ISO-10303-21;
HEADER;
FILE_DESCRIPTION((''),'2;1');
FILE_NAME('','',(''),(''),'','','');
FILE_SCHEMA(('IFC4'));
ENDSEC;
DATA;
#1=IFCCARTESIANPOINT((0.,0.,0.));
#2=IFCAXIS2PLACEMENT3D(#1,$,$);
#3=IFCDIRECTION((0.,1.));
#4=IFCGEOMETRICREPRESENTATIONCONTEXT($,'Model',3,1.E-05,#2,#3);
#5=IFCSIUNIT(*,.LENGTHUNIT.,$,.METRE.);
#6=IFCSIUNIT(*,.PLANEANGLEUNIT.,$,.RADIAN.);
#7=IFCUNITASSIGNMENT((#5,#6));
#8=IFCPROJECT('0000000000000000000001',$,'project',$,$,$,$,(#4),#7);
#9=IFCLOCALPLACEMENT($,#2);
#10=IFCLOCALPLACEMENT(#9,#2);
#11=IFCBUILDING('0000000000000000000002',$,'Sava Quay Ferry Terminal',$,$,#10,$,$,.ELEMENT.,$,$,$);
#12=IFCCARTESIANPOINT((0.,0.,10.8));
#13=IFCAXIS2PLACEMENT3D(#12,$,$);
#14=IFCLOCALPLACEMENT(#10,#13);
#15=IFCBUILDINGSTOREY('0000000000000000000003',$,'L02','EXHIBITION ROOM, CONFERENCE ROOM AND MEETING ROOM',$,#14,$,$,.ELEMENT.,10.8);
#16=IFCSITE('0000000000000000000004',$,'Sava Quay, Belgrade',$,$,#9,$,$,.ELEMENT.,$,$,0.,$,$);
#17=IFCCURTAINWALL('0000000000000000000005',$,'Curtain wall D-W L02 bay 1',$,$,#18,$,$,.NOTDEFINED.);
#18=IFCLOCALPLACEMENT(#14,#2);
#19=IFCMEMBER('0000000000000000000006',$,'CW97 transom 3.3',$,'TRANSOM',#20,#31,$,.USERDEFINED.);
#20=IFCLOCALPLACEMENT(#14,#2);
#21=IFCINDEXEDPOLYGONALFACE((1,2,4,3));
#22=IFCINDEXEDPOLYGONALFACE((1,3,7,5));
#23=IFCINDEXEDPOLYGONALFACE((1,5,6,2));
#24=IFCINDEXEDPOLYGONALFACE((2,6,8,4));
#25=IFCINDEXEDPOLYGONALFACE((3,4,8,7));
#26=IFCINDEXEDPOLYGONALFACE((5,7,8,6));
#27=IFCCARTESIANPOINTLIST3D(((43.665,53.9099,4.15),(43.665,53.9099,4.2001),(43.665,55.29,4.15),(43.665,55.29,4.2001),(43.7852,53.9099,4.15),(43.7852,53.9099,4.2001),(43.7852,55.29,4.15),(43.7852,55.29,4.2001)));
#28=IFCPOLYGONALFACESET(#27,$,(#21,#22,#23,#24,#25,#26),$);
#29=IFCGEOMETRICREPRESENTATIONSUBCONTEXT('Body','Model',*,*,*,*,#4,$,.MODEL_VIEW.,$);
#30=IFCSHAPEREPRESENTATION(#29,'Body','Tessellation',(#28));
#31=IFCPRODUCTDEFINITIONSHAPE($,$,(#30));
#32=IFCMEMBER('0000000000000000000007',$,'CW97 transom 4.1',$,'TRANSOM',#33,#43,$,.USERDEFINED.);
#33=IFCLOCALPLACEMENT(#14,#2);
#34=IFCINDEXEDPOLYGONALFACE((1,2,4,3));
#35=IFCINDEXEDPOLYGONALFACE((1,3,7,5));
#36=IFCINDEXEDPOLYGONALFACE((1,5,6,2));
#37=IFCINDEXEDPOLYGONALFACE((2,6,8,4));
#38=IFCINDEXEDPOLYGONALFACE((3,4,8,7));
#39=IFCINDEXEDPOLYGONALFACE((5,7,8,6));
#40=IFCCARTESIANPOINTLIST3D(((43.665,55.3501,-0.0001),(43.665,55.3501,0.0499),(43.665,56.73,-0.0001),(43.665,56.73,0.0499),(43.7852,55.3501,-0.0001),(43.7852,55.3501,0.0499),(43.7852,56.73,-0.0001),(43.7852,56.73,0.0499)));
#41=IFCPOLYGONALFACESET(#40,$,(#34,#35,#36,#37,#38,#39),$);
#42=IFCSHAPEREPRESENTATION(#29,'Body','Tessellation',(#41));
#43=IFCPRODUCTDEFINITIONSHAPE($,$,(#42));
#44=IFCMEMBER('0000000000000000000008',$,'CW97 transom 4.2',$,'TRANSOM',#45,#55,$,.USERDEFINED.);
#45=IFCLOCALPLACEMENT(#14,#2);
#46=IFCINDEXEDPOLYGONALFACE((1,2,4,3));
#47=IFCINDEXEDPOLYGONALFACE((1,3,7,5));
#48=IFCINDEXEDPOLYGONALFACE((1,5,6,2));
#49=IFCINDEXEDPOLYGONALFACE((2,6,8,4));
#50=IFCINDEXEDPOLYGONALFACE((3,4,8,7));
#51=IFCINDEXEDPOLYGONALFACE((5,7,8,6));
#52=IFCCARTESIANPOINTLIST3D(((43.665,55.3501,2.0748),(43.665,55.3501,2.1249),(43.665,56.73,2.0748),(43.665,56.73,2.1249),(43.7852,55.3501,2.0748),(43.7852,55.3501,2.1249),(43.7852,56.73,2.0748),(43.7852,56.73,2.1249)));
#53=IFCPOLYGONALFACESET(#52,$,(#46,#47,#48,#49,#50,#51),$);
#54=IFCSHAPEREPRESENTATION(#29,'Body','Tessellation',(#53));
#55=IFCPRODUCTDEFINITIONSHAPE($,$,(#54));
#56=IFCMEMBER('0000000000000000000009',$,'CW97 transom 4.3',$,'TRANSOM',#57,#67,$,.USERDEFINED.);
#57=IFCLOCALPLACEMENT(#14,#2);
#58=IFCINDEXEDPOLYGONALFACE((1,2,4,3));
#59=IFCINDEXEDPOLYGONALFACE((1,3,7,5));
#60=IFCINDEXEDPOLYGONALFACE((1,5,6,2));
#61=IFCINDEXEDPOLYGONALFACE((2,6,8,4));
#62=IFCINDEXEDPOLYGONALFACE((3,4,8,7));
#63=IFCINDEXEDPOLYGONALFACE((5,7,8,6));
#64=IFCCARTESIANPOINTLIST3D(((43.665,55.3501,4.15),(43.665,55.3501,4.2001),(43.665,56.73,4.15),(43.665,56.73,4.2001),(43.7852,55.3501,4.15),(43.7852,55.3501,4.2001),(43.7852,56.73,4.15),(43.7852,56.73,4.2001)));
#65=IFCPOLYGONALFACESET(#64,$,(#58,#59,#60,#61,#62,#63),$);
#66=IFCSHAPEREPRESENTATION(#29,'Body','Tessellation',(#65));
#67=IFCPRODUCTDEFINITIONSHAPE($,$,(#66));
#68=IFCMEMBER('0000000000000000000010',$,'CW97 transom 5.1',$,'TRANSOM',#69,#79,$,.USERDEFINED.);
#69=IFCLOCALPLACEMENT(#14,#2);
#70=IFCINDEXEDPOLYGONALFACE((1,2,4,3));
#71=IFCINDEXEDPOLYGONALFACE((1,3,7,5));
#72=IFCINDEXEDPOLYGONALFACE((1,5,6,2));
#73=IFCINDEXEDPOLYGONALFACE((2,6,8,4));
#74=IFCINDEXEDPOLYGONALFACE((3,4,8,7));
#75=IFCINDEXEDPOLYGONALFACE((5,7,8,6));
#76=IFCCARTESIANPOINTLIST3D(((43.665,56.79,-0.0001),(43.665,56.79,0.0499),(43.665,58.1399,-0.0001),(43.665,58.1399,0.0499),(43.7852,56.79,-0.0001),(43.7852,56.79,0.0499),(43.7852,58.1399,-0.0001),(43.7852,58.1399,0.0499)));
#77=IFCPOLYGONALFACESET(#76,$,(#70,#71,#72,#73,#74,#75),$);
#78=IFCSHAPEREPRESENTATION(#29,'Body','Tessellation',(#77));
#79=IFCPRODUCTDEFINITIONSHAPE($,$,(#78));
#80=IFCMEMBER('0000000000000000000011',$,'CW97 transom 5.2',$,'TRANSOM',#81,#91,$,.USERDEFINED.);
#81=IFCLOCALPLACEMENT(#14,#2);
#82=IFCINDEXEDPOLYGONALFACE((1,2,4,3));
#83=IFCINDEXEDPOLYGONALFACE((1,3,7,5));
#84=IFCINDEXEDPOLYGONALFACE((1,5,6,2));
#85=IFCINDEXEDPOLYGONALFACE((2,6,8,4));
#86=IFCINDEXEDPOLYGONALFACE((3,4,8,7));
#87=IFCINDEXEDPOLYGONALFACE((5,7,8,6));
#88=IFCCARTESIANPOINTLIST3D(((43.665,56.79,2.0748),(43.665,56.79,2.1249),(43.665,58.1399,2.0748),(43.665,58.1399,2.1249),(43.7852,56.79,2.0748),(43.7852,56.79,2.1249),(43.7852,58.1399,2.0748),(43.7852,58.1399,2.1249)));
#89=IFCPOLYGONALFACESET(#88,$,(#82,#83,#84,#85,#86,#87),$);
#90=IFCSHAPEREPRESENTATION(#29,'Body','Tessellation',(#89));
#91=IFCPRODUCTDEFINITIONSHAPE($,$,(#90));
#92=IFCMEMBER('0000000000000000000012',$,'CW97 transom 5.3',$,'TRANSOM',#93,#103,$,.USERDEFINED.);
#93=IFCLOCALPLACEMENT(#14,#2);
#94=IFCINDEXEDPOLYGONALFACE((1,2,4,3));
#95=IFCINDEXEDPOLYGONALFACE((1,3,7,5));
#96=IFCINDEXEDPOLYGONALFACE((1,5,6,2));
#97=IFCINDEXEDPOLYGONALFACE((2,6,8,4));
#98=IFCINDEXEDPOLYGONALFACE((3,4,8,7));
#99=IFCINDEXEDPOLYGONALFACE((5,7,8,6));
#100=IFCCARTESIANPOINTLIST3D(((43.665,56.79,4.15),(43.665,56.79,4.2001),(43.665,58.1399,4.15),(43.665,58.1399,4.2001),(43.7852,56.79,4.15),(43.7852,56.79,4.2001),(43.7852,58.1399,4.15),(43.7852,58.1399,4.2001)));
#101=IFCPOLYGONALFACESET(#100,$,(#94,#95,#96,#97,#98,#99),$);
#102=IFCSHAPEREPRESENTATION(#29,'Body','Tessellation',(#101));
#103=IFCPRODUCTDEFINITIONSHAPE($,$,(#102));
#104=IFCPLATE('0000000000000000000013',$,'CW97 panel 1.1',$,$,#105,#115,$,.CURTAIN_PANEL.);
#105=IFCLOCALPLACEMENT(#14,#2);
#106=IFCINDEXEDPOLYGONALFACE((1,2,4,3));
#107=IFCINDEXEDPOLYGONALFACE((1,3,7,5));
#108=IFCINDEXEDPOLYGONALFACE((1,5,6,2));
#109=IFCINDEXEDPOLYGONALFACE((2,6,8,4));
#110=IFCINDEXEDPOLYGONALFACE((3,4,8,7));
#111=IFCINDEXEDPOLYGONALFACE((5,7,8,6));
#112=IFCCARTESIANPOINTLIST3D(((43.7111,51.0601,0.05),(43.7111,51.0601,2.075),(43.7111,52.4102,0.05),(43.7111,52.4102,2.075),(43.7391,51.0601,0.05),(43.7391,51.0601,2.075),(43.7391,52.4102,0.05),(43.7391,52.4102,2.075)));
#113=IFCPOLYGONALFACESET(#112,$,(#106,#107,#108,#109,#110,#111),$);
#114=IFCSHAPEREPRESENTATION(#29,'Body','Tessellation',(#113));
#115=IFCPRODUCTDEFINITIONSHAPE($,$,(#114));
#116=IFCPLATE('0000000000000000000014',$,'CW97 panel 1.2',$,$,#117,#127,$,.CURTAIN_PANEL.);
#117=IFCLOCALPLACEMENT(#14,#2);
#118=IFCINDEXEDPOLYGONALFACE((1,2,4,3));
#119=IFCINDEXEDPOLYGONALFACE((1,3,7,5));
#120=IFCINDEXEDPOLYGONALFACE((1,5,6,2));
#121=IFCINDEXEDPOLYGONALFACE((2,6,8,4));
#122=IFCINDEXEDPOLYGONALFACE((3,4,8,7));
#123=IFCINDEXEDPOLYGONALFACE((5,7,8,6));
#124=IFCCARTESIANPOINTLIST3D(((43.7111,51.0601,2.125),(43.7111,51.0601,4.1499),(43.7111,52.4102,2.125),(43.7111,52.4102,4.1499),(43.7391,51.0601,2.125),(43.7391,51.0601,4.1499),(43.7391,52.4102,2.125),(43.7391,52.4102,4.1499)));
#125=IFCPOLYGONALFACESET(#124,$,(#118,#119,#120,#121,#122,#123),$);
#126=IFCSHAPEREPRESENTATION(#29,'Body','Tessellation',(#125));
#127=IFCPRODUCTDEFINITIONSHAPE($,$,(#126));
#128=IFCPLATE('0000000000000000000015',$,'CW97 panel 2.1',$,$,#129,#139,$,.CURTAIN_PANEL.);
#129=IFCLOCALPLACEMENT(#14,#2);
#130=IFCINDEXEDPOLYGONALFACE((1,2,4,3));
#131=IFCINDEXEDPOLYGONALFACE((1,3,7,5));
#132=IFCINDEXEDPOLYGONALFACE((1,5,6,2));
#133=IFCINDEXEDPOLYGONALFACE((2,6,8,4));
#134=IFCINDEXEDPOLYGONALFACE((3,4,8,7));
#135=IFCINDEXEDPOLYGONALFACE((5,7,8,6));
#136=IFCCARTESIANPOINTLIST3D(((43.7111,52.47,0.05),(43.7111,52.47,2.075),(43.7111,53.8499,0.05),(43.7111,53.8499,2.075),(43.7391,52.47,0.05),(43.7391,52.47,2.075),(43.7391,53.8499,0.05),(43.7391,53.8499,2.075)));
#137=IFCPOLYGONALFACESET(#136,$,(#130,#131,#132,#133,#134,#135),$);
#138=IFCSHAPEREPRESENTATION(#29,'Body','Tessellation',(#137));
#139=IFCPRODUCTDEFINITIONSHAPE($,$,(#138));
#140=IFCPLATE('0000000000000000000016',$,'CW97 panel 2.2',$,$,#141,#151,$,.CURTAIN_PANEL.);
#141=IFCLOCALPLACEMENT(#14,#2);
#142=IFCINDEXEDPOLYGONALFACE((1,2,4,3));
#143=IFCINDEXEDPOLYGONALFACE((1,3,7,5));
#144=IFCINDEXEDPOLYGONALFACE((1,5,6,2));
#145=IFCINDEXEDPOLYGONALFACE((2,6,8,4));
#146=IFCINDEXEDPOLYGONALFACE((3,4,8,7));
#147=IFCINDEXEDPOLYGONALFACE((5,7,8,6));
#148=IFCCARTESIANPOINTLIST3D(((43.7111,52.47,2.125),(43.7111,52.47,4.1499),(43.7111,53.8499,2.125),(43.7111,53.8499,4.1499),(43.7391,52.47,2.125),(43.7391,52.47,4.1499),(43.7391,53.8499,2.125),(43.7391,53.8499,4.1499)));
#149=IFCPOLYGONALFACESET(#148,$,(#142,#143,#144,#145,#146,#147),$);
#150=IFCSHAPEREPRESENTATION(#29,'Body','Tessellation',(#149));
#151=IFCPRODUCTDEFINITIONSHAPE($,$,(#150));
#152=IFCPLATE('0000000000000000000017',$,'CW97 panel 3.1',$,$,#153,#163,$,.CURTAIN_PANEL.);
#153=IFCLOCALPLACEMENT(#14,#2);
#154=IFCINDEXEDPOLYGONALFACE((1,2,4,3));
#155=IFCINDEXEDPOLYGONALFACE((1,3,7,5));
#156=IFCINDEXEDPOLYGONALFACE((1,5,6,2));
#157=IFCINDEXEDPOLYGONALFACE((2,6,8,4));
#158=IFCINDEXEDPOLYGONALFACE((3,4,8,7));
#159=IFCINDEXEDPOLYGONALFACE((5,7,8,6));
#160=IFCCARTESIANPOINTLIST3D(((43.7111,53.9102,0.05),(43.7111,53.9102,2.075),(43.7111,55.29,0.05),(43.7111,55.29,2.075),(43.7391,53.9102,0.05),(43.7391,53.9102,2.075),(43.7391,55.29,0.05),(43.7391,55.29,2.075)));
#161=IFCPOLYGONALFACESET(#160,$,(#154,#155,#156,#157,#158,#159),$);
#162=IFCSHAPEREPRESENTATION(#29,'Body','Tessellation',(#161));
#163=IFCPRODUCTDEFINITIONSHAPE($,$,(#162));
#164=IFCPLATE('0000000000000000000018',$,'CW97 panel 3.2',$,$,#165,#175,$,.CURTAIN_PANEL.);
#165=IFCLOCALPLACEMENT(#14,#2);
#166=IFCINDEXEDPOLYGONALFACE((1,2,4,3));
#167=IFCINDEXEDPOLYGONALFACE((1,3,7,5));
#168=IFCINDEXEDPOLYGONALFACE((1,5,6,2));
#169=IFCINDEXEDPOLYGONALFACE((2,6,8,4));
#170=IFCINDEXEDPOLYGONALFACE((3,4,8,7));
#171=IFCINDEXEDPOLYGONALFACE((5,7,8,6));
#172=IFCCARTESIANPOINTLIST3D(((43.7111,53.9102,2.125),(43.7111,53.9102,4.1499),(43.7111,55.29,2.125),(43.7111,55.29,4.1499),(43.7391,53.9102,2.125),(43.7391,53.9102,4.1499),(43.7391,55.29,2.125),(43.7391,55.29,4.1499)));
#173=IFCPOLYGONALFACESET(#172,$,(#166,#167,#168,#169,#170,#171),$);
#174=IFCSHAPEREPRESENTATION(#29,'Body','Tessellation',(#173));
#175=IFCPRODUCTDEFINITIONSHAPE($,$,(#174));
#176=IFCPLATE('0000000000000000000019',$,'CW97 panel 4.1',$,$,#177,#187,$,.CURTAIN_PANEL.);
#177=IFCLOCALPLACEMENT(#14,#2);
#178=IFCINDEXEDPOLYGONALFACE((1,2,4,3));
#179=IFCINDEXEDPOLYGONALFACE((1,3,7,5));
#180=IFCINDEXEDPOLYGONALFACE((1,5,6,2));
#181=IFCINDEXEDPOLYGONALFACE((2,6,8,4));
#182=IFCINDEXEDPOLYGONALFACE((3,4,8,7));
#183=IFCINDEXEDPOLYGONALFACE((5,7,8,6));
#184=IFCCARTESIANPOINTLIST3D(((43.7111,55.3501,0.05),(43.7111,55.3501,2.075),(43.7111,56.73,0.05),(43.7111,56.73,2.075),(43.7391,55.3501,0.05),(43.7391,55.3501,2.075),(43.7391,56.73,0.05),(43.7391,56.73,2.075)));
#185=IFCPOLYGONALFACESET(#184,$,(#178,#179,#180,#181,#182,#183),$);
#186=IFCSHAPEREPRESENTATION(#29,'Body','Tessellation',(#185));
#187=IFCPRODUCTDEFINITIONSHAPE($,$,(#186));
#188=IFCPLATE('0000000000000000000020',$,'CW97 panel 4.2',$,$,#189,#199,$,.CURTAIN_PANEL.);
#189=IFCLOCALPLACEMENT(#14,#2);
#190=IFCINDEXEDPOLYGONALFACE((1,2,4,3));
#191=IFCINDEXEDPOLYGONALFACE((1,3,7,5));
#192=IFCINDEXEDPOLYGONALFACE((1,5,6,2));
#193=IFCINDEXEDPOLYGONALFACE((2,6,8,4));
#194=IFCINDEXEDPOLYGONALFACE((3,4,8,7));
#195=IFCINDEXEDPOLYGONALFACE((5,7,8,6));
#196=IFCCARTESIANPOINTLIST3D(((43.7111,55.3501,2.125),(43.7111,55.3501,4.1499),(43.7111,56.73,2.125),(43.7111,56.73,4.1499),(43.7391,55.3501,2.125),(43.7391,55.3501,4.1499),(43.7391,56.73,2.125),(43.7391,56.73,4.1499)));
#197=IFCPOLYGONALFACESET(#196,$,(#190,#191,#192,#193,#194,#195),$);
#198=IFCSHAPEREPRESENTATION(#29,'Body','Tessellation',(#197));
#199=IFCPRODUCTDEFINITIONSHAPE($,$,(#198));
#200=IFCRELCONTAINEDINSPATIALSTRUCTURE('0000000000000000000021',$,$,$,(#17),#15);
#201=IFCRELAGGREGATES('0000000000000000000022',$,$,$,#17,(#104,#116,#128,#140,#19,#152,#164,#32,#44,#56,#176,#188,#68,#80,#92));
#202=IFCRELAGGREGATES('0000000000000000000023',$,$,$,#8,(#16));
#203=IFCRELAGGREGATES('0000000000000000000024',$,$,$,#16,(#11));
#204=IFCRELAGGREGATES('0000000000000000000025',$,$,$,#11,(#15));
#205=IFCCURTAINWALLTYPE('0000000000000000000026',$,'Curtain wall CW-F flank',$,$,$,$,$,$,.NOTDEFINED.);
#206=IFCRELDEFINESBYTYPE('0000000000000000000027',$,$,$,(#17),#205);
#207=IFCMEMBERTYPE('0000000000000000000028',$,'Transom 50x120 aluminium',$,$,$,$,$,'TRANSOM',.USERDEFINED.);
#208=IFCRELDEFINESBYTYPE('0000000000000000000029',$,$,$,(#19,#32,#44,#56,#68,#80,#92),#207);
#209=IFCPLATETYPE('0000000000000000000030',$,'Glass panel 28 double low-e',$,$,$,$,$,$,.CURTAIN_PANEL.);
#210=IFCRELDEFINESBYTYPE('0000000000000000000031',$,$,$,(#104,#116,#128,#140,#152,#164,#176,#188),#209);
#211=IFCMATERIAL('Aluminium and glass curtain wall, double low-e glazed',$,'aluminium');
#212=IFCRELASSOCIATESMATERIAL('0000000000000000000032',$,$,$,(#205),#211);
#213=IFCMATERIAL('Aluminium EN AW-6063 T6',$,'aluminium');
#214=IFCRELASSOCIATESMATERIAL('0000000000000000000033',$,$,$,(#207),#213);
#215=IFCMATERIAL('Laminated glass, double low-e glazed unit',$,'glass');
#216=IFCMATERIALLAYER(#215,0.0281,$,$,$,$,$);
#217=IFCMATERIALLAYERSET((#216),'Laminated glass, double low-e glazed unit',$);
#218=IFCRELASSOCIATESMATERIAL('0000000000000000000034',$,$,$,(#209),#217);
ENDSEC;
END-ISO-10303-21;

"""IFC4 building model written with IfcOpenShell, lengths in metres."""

from ifc_helpers import new_model, si_unit, direction, frame, origin, origin_2d, place, context, subcontext, project, spatial, rectangle, extrude, material, layer, layer_set, material_profile, profile_set, type_object, element, aggregate, save


model = new_model("IFC4")

# Units and contexts
model_context = context("Model", 3, precision=1e-05, world=origin(), true_north=direction((0.0, 1.0)))
body_context = subcontext(model_context, "Body", "Model", "MODEL_VIEW")
ifc_project = project(units=[si_unit("LENGTHUNIT", "METRE"), si_unit("PLANEANGLEUNIT", "RADIAN")], contexts=[model_context])

# Site, building, storey
site_placement = place(None, origin())
site = spatial("IfcSite", under=ifc_project, at=site_placement, Name="Sava Quay, Belgrade", CompositionType="ELEMENT", RefElevation=0.0)
building_placement = place(site_placement, origin())
building = spatial("IfcBuilding", under=site, at=building_placement, Name="Sava Quay Ferry Terminal", CompositionType="ELEMENT")
storey_placement = place(building_placement, frame((0.0, 0.0, 10.8)))
storey = spatial("IfcBuildingStorey", under=building, at=storey_placement, Name="L02", Description="EXHIBITION ROOM, CONFERENCE ROOM AND MEETING ROOM", CompositionType="ELEMENT", Elevation=10.8)

# Curtain wall, members, plates
ifc_material_1 = material(Name="Aluminium and glass curtain wall, double low-e glazed", Category="aluminium")
curtain_wall_type = type_object("IfcCurtainWallType", Name="Curtain wall CW-F flank", PredefinedType="NOTDEFINED", material=ifc_material_1)
curtain_wall_placement = place(storey_placement, origin())
curtain_wall = element("IfcCurtainWall", 1, at=curtain_wall_placement, inside=storey, type_object=curtain_wall_type, Name="Curtain wall D-W L02 bay 1", PredefinedType="NOTDEFINED")
ifc_material_2 = material(Name="Aluminium EN AW-6063 T6", Category="aluminium")
ifc_material_profile_1 = material_profile(ifc_material_2, rectangle(XDim=0.1201, YDim=0.05, at=origin_2d()), Name="Transom 50x120 aluminium")
ifc_profile_set_1 = profile_set([ifc_material_profile_1], Name="Aluminium EN AW-6063 T6")
member_type_1 = type_object("IfcMemberType", Name="Transom 50x120 aluminium", ElementType="TRANSOM", PredefinedType="USERDEFINED", material=ifc_profile_set_1)
member_1_placement = place(storey_placement, frame((43.7251, 53.9099, 4.175), z_axis=(0.0, 1.0, 0.0), x_axis=(-1.0, 0.0, 0.0)))
member_1 = element("IfcMember", 2, at=member_1_placement, type_object=member_type_1, Name="CW97 transom 3.3", ObjectType="TRANSOM", PredefinedType="USERDEFINED", context=body_context, shape_type="SweptSolid", body=[
    extrude(rectangle(XDim=0.1201, YDim=0.05, at=origin_2d()), origin(), (0.0, 0.0, 1.0), 1.3801),
])
member_2_placement = place(storey_placement, frame((43.7251, 55.3501, 0.0249), z_axis=(0.0, 1.0, 0.0), x_axis=(-1.0, 0.0, 0.0)))
member_2 = element("IfcMember", 3, at=member_2_placement, type_object=member_type_1, Name="CW97 transom 4.1", ObjectType="TRANSOM", PredefinedType="USERDEFINED", context=body_context, shape_type="SweptSolid", body=[
    extrude(rectangle(XDim=0.1201, YDim=0.05, at=origin_2d()), origin(), (0.0, 0.0, 1.0), 1.3799),
])
member_3_placement = place(storey_placement, frame((43.7251, 55.3501, 2.0999), z_axis=(0.0, 1.0, 0.0), x_axis=(-1.0, 0.0, 0.0)))
member_3 = element("IfcMember", 4, at=member_3_placement, type_object=member_type_1, Name="CW97 transom 4.2", ObjectType="TRANSOM", PredefinedType="USERDEFINED", context=body_context, shape_type="SweptSolid", body=[
    extrude(rectangle(XDim=0.1201, YDim=0.05, at=origin_2d()), origin(), (0.0, 0.0, 1.0), 1.3799),
])
member_4_placement = place(storey_placement, frame((43.7251, 55.3501, 4.175), z_axis=(0.0, 1.0, 0.0), x_axis=(-1.0, 0.0, 0.0)))
member_4 = element("IfcMember", 5, at=member_4_placement, type_object=member_type_1, Name="CW97 transom 4.3", ObjectType="TRANSOM", PredefinedType="USERDEFINED", context=body_context, shape_type="SweptSolid", body=[
    extrude(rectangle(XDim=0.1201, YDim=0.05, at=origin_2d()), origin(), (0.0, 0.0, 1.0), 1.3799),
])
member_5_placement = place(storey_placement, frame((43.7251, 56.79, 0.0249), z_axis=(0.0, 1.0, 0.0), x_axis=(-1.0, 0.0, 0.0)))
member_5 = element("IfcMember", 6, at=member_5_placement, type_object=member_type_1, Name="CW97 transom 5.1", ObjectType="TRANSOM", PredefinedType="USERDEFINED", context=body_context, shape_type="SweptSolid", body=[
    extrude(rectangle(XDim=0.1201, YDim=0.05, at=origin_2d()), origin(), (0.0, 0.0, 1.0), 1.3499),
])
member_6_placement = place(storey_placement, frame((43.7251, 56.79, 2.0999), z_axis=(0.0, 1.0, 0.0), x_axis=(-1.0, 0.0, 0.0)))
member_6 = element("IfcMember", 7, at=member_6_placement, type_object=member_type_1, Name="CW97 transom 5.2", ObjectType="TRANSOM", PredefinedType="USERDEFINED", context=body_context, shape_type="SweptSolid", body=[
    extrude(rectangle(XDim=0.1201, YDim=0.05, at=origin_2d()), origin(), (0.0, 0.0, 1.0), 1.3499),
])
member_7_placement = place(storey_placement, frame((43.7251, 56.79, 4.175), z_axis=(0.0, 1.0, 0.0), x_axis=(-1.0, 0.0, 0.0)))
member_7 = element("IfcMember", 8, at=member_7_placement, type_object=member_type_1, Name="CW97 transom 5.3", ObjectType="TRANSOM", PredefinedType="USERDEFINED", context=body_context, shape_type="SweptSolid", body=[
    extrude(rectangle(XDim=0.1201, YDim=0.05, at=origin_2d()), origin(), (0.0, 0.0, 1.0), 1.3499),
])
ifc_material_3 = material(Name="Laminated glass, double low-e glazed unit", Category="glass")
ifc_layer_1 = layer(ifc_material_3, 0.0281)
ifc_layer_set_1 = layer_set([ifc_layer_1], Name="Laminated glass, double low-e glazed unit")
plate_type = type_object("IfcPlateType", Name="Glass panel 28 double low-e", PredefinedType="CURTAIN_PANEL", material=ifc_layer_set_1)
plate_1_placement = place(storey_placement, frame((43.7251, 51.7351, 0.05), z_axis=(0.0, 0.0, 1.0), x_axis=(0.0, 1.0, 0.0)))
plate_1 = element("IfcPlate", 9, at=plate_1_placement, type_object=plate_type, Name="CW97 panel 1.1", PredefinedType="CURTAIN_PANEL", context=body_context, shape_type="SweptSolid", body=[
    extrude(rectangle(XDim=1.3501, YDim=0.0281, at=origin_2d()), origin(), (0.0, 0.0, 1.0), 2.0249),
])
plate_2_placement = place(storey_placement, frame((43.7251, 51.7351, 2.125), z_axis=(0.0, 0.0, 1.0), x_axis=(0.0, 1.0, 0.0)))
plate_2 = element("IfcPlate", 10, at=plate_2_placement, type_object=plate_type, Name="CW97 panel 1.2", PredefinedType="CURTAIN_PANEL", context=body_context, shape_type="SweptSolid", body=[
    extrude(rectangle(XDim=1.3501, YDim=0.0281, at=origin_2d()), origin(), (0.0, 0.0, 1.0), 2.0249),
])
plate_3_placement = place(storey_placement, frame((43.7251, 53.1599, 0.05), z_axis=(0.0, 0.0, 1.0), x_axis=(0.0, 1.0, 0.0)))
plate_3 = element("IfcPlate", 11, at=plate_3_placement, type_object=plate_type, Name="CW97 panel 2.1", PredefinedType="CURTAIN_PANEL", context=body_context, shape_type="SweptSolid", body=[
    extrude(rectangle(XDim=1.3799, YDim=0.0281, at=origin_2d()), origin(), (0.0, 0.0, 1.0), 2.0249),
])
plate_4_placement = place(storey_placement, frame((43.7251, 53.1599, 2.125), z_axis=(0.0, 0.0, 1.0), x_axis=(0.0, 1.0, 0.0)))
plate_4 = element("IfcPlate", 12, at=plate_4_placement, type_object=plate_type, Name="CW97 panel 2.2", PredefinedType="CURTAIN_PANEL", context=body_context, shape_type="SweptSolid", body=[
    extrude(rectangle(XDim=1.3799, YDim=0.0281, at=origin_2d()), origin(), (0.0, 0.0, 1.0), 2.0249),
])
plate_5_placement = place(storey_placement, frame((43.7251, 54.6001, 0.05), z_axis=(0.0, 0.0, 1.0), x_axis=(0.0, 1.0, 0.0)))
plate_5 = element("IfcPlate", 13, at=plate_5_placement, type_object=plate_type, Name="CW97 panel 3.1", PredefinedType="CURTAIN_PANEL", context=body_context, shape_type="SweptSolid", body=[
    extrude(rectangle(XDim=1.3799, YDim=0.0281, at=origin_2d()), origin(), (0.0, 0.0, 1.0), 2.0249),
])
plate_6_placement = place(storey_placement, frame((43.7251, 54.6001, 2.125), z_axis=(0.0, 0.0, 1.0), x_axis=(0.0, 1.0, 0.0)))
plate_6 = element("IfcPlate", 14, at=plate_6_placement, type_object=plate_type, Name="CW97 panel 3.2", PredefinedType="CURTAIN_PANEL", context=body_context, shape_type="SweptSolid", body=[
    extrude(rectangle(XDim=1.3799, YDim=0.0281, at=origin_2d()), origin(), (0.0, 0.0, 1.0), 2.0249),
])
plate_7_placement = place(storey_placement, frame((43.7251, 56.04, 0.05), z_axis=(0.0, 0.0, 1.0), x_axis=(0.0, 1.0, 0.0)))
plate_7 = element("IfcPlate", 15, at=plate_7_placement, type_object=plate_type, Name="CW97 panel 4.1", PredefinedType="CURTAIN_PANEL", context=body_context, shape_type="SweptSolid", body=[
    extrude(rectangle(XDim=1.3799, YDim=0.0281, at=origin_2d()), origin(), (0.0, 0.0, 1.0), 2.0249),
])
plate_8_placement = place(storey_placement, frame((43.7251, 56.04, 2.125), z_axis=(0.0, 0.0, 1.0), x_axis=(0.0, 1.0, 0.0)))
plate_8 = element("IfcPlate", 16, at=plate_8_placement, type_object=plate_type, Name="CW97 panel 4.2", PredefinedType="CURTAIN_PANEL", context=body_context, shape_type="SweptSolid", body=[
    extrude(rectangle(XDim=1.3799, YDim=0.0281, at=origin_2d()), origin(), (0.0, 0.0, 1.0), 2.0249),
])
aggregate(curtain_wall, [plate_1, plate_2, plate_3, plate_4, member_1, plate_5, plate_6, member_2, member_3, member_4, plate_7, plate_8, member_5, member_6, member_7])

save(model, "model.ifc")
